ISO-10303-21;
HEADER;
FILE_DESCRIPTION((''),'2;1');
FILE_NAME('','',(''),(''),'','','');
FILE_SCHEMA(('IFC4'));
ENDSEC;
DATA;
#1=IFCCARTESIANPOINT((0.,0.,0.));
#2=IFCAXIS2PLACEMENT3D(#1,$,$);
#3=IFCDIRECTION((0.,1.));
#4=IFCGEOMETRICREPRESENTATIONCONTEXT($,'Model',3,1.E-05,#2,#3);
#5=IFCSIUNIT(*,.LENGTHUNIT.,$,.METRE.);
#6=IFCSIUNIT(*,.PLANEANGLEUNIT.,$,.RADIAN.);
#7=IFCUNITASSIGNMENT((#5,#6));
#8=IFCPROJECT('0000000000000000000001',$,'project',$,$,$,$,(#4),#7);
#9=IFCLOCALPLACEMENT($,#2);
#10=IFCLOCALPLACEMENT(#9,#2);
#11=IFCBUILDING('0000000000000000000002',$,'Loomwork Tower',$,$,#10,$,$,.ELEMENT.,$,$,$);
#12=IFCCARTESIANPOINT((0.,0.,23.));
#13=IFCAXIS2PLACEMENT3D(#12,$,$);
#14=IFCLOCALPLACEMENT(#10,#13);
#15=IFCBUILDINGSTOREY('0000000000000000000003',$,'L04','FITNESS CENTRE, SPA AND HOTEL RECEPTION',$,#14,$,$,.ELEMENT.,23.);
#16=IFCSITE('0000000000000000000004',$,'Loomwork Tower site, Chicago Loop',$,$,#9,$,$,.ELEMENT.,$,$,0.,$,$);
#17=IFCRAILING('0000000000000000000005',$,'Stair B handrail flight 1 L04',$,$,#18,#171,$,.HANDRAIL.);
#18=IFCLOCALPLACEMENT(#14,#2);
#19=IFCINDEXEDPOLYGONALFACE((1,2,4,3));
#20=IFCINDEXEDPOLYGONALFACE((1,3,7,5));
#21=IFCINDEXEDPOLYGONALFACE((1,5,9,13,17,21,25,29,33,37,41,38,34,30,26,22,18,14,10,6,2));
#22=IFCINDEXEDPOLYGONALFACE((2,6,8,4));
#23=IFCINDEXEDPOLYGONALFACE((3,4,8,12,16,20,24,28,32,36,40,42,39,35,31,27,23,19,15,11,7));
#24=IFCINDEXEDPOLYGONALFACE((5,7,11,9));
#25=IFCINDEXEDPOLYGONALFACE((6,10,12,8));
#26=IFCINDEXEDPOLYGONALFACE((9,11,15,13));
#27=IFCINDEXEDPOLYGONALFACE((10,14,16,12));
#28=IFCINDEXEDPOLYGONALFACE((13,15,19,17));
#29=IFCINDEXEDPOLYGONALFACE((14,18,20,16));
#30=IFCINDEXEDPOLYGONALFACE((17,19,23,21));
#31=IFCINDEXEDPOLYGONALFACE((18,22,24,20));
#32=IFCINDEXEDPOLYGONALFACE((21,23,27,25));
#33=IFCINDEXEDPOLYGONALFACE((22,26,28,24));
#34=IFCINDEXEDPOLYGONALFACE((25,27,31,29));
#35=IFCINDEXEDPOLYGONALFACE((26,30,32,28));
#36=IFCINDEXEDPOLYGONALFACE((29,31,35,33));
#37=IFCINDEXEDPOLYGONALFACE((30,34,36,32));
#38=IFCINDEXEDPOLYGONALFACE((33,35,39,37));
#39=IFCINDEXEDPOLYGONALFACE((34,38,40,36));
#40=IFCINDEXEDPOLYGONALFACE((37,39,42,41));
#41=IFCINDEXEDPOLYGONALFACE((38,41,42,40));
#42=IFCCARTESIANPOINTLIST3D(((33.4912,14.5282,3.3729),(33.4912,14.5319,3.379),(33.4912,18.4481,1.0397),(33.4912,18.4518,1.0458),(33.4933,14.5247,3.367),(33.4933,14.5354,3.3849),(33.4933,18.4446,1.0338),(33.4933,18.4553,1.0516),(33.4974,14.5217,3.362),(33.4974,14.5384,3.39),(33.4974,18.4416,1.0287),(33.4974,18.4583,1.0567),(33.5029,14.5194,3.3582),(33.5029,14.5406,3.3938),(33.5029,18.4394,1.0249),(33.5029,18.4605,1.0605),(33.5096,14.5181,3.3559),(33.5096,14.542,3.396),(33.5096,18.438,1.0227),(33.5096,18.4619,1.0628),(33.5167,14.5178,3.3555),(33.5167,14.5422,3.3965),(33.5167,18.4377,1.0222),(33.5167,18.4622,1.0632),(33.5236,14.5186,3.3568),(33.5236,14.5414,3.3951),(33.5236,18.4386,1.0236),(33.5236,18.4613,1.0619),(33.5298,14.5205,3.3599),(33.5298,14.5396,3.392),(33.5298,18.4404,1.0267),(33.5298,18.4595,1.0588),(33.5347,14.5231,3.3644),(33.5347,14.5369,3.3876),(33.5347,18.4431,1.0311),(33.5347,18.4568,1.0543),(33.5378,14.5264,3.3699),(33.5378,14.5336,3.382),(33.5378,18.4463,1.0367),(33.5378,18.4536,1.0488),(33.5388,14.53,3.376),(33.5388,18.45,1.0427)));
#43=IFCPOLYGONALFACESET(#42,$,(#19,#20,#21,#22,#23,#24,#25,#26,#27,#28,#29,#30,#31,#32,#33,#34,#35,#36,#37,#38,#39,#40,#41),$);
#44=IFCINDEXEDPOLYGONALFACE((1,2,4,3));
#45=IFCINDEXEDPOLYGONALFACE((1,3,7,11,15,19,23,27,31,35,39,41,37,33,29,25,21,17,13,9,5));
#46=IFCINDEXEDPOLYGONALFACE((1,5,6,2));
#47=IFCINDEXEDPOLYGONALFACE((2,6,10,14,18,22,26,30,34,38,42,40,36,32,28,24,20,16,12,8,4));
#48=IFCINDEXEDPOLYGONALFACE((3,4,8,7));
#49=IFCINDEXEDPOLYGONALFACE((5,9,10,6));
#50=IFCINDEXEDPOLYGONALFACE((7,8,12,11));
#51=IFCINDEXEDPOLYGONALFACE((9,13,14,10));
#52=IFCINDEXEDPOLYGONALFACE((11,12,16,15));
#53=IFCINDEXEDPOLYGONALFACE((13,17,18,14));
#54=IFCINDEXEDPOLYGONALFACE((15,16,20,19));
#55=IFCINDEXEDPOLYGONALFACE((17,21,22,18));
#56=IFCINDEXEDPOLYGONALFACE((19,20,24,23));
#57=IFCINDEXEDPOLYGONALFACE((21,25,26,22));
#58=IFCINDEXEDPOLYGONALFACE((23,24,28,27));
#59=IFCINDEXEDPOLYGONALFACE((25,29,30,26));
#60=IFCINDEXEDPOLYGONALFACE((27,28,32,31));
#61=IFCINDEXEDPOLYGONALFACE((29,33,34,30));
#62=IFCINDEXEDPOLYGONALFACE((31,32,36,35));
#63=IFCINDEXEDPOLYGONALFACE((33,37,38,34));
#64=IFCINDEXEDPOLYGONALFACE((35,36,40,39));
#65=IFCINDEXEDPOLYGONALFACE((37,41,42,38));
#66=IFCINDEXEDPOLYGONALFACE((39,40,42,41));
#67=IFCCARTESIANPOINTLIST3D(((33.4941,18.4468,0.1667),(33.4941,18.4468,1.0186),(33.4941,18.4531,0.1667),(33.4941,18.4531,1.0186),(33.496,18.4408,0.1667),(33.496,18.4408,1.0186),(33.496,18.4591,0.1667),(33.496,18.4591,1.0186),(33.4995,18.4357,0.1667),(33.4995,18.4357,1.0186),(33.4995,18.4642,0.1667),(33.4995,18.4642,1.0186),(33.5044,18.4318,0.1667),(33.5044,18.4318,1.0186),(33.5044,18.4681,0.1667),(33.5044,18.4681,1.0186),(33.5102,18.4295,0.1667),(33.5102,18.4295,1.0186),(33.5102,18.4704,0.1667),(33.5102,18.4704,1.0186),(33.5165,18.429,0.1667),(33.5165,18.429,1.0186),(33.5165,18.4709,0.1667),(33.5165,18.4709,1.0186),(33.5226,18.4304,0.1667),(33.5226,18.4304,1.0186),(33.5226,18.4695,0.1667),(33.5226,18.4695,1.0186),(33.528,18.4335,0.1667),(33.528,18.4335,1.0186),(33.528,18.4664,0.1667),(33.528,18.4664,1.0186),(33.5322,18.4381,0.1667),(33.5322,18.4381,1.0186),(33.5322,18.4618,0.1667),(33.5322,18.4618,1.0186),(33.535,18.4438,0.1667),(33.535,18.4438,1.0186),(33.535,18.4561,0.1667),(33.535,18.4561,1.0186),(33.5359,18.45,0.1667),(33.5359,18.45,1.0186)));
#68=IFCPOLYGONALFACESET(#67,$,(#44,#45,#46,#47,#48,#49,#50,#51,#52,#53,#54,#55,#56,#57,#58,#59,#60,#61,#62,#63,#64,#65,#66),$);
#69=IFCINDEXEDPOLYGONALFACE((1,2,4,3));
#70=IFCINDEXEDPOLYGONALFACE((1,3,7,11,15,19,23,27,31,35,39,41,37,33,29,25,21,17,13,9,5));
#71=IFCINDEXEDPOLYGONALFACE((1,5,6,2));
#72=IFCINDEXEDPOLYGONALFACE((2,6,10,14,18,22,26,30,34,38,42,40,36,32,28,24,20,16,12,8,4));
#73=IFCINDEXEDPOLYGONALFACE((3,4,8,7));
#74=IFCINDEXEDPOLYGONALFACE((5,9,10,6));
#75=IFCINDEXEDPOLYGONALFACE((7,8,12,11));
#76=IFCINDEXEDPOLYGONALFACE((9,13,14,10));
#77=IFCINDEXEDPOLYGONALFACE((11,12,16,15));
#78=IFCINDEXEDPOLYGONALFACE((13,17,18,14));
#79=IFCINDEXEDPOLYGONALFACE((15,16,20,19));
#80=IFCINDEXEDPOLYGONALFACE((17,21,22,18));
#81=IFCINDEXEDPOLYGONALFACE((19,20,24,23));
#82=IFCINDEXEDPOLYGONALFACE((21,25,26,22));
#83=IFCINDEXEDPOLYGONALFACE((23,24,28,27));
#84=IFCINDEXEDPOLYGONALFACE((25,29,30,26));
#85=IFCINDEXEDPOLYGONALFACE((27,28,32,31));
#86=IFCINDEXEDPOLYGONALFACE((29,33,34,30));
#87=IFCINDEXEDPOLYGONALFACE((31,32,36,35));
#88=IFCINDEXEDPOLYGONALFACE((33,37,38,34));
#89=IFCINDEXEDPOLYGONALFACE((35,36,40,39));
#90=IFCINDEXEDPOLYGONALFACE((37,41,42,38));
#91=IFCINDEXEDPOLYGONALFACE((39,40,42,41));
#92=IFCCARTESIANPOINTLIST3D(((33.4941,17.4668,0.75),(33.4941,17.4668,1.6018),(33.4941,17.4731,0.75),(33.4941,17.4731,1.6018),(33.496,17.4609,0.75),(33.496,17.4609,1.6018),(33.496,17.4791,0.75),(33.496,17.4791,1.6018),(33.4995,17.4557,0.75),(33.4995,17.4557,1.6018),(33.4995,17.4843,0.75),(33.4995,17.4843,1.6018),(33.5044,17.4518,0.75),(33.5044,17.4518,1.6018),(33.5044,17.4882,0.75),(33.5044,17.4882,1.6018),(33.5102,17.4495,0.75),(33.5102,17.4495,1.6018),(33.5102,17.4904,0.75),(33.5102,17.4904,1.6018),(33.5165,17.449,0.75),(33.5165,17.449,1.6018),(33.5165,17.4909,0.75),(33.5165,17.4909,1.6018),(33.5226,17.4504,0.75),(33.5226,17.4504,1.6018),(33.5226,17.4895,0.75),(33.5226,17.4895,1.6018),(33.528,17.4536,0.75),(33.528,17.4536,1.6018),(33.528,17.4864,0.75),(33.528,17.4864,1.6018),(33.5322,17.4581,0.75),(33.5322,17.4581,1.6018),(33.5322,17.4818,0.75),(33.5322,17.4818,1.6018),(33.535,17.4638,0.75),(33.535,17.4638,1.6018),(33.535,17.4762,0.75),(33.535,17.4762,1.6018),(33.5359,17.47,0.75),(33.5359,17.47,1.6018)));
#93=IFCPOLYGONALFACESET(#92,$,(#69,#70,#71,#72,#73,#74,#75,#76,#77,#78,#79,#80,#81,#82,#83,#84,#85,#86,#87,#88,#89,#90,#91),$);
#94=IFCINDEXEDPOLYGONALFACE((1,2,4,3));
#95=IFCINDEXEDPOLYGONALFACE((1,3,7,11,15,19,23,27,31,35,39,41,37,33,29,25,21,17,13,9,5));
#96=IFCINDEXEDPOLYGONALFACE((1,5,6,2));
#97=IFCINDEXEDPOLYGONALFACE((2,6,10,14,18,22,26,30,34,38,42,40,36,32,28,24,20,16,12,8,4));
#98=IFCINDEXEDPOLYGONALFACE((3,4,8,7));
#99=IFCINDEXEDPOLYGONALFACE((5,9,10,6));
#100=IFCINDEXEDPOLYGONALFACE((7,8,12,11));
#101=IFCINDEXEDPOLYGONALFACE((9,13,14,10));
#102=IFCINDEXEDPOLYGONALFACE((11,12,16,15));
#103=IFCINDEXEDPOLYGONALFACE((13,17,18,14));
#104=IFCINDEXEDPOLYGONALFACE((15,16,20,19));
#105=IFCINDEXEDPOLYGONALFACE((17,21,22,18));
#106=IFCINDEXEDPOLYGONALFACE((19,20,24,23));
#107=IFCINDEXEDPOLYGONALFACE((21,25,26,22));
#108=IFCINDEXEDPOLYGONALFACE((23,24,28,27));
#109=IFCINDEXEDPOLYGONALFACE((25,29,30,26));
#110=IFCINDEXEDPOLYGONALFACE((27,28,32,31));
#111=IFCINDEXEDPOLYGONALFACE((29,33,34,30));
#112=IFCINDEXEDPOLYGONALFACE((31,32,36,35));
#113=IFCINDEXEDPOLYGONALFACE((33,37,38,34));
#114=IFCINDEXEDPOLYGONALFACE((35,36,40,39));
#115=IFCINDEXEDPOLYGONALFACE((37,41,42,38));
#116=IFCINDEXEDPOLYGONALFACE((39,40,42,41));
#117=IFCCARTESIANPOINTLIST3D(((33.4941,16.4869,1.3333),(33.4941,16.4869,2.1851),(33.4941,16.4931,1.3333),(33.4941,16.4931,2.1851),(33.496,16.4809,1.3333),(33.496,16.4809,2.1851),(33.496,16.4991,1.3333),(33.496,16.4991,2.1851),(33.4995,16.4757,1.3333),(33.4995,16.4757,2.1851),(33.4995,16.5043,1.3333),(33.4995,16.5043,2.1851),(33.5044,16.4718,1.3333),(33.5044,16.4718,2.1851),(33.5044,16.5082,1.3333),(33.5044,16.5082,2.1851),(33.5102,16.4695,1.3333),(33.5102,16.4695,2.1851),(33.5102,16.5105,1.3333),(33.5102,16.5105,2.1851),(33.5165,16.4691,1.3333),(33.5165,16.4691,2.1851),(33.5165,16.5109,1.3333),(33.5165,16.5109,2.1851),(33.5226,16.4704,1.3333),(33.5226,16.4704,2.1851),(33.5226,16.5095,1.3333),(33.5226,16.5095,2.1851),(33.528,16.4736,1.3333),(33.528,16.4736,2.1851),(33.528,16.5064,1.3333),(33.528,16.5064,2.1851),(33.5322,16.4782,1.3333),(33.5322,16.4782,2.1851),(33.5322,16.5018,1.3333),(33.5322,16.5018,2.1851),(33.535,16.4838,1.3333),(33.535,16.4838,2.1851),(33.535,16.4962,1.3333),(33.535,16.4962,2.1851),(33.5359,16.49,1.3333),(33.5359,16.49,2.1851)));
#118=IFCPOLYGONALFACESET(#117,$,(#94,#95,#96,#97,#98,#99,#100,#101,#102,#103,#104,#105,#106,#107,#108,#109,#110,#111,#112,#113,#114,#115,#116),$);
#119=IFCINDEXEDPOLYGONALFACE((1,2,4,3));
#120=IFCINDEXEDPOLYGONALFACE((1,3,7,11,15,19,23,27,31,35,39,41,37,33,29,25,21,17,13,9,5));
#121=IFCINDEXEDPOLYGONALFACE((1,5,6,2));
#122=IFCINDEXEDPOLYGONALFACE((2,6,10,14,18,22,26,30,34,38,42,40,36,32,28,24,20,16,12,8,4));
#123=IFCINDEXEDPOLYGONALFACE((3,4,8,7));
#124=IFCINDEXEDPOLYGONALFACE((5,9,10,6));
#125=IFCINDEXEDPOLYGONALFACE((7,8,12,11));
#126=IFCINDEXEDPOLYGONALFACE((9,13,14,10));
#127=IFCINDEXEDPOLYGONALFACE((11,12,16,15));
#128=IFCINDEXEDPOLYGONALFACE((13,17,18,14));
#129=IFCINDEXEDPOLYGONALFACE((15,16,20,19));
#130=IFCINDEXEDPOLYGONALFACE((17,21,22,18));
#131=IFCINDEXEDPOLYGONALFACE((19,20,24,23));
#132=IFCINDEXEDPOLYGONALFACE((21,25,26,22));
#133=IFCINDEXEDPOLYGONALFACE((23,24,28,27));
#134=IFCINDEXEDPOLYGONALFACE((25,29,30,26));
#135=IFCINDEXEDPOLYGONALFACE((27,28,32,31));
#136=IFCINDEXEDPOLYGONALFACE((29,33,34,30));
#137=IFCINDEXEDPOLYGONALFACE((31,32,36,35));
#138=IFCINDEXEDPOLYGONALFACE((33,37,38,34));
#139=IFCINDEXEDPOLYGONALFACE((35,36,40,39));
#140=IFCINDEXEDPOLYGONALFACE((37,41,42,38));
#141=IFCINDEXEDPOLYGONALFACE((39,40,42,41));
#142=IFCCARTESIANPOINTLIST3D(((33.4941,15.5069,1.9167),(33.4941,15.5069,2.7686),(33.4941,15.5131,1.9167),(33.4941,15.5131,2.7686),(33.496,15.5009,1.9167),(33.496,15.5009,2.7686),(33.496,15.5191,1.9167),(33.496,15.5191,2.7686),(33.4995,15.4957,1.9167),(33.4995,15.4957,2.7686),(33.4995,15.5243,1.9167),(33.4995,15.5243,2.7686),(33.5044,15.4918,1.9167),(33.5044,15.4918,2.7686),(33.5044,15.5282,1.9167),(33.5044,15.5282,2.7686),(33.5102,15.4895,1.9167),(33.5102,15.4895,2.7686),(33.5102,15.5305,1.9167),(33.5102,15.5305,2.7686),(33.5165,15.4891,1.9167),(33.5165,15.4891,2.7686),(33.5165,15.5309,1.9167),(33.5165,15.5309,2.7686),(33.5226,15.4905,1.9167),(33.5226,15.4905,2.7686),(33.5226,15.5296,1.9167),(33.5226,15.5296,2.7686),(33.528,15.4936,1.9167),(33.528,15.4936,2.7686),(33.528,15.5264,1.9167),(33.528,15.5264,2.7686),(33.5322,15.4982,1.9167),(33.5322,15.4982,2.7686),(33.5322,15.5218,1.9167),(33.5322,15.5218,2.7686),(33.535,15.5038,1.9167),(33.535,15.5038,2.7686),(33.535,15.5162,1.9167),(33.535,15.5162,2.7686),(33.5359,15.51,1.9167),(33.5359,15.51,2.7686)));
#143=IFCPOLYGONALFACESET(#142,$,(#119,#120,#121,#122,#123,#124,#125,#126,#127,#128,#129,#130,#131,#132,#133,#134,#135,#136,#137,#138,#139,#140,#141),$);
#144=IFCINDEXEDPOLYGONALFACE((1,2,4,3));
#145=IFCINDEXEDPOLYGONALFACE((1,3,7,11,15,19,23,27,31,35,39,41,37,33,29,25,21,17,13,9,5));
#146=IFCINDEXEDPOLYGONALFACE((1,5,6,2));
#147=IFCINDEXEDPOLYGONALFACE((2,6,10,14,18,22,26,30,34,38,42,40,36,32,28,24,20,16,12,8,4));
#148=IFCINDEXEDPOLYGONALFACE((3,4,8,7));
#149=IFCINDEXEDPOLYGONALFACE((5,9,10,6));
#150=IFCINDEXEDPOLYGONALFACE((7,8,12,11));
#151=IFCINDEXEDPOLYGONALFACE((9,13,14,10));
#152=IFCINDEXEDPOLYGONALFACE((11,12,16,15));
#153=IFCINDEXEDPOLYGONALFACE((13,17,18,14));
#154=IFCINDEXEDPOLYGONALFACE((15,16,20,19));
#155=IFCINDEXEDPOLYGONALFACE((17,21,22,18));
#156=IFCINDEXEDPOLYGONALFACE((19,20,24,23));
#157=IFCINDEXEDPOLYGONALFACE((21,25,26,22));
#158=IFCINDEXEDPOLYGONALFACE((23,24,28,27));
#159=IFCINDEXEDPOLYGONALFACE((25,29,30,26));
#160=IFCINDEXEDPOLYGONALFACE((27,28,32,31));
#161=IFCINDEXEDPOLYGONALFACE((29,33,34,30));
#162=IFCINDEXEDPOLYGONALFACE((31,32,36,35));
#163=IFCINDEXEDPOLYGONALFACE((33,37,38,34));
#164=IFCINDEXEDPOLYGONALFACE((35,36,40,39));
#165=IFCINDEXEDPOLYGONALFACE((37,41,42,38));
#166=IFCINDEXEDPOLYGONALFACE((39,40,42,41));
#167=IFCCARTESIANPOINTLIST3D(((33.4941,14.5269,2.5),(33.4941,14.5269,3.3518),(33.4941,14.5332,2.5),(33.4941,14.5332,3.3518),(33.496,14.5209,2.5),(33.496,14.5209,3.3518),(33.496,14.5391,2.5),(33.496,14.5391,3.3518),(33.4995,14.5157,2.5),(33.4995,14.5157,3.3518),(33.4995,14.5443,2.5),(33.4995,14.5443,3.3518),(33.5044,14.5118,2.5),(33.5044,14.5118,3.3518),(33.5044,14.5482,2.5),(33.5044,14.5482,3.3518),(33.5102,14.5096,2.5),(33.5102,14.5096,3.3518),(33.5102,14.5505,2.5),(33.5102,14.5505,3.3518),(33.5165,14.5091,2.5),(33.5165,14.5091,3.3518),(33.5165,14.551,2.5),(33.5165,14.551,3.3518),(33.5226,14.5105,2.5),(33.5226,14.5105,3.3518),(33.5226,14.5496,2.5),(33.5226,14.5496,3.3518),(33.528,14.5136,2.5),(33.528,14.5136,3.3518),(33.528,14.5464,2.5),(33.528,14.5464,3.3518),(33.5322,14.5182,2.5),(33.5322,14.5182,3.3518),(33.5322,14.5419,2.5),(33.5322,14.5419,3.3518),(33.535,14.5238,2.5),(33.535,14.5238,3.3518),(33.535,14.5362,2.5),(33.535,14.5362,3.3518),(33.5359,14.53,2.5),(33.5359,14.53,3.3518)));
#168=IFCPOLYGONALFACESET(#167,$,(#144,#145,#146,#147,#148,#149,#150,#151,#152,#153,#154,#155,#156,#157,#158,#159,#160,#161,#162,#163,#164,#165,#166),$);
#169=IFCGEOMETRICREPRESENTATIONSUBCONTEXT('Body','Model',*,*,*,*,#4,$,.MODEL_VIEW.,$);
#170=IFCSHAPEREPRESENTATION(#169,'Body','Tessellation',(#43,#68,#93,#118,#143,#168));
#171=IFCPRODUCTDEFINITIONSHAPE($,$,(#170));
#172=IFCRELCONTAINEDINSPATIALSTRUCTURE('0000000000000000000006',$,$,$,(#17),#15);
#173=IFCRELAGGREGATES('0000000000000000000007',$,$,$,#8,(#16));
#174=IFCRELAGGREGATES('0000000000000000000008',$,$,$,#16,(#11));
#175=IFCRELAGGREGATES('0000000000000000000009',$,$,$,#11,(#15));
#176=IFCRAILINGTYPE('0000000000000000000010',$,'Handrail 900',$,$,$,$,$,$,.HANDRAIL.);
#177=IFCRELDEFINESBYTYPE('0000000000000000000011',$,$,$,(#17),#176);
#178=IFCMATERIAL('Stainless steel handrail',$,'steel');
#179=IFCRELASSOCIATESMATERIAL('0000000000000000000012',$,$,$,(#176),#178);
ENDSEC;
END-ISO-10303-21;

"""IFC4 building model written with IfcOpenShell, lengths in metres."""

from ifc_helpers import new_model, si_unit, direction, frame, origin, origin_2d, place, context, subcontext, project, spatial, circle, extrude, material, type_object, element, save


model = new_model("IFC4")

# Units and contexts
model_context = context("Model", 3, precision=1e-05, world=origin(), true_north=direction((0.0, 1.0)))
body_context = subcontext(model_context, "Body", "Model", "MODEL_VIEW")
ifc_project = project(units=[si_unit("LENGTHUNIT", "METRE"), si_unit("PLANEANGLEUNIT", "RADIAN")], contexts=[model_context])

# Site, building, storey
site_placement = place(None, origin())
site = spatial("IfcSite", under=ifc_project, at=site_placement, Name="Loomwork Tower site, Chicago Loop", CompositionType="ELEMENT", RefElevation=0.0)
building_placement = place(site_placement, origin())
building = spatial("IfcBuilding", under=site, at=building_placement, Name="Loomwork Tower", CompositionType="ELEMENT")
storey_placement = place(building_placement, frame((0.0, 0.0, 23.0)))
storey = spatial("IfcBuildingStorey", under=building, at=storey_placement, Name="L04", Description="FITNESS CENTRE, SPA AND HOTEL RECEPTION", CompositionType="ELEMENT", Elevation=23.0)

# Railing
ifc_material_1 = material(Name="Stainless steel handrail", Category="steel")
railing_type = type_object("IfcRailingType", Name="Handrail 900", PredefinedType="HANDRAIL", material=ifc_material_1)
railing_1_placement = place(storey_placement, frame((33.5149, 18.45, 0.1667)))
element("IfcRailing", 1, at=railing_1_placement, inside=storey, type_object=railing_type, Name="Stair B handrail flight 1 L04", PredefinedType="HANDRAIL", context=body_context, shape_type="SweptSolid", body=[
    extrude(circle(Radius=0.0239, at=origin_2d()), frame((0.0, 0.0, 0.876), z_axis=(0.0, -0.859296, 0.511478), x_axis=(1.0, 0.0, 0.0)), (0.0, 0.0, 1.0), 4.5618),
    extrude(circle(Radius=0.021, at=origin_2d()), origin(), (0.0, 0.0, 1.0), 0.8518),
    extrude(circle(Radius=0.021, at=origin_2d()), frame((0.0, -0.98, 0.5833)), (0.0, 0.0, 1.0), 0.8518),
    extrude(circle(Radius=0.021, at=origin_2d()), frame((0.0, -1.96, 1.1665)), (0.0, 0.0, 1.0), 0.8518),
    extrude(circle(Radius=0.021, at=origin_2d()), frame((0.0, -2.9399, 1.75)), (0.0, 0.0, 1.0), 0.8518),
    extrude(circle(Radius=0.021, at=origin_2d()), frame((0.0, -3.9199, 2.3333)), (0.0, 0.0, 1.0), 0.8518),
])

save(model, "model.ifc")
